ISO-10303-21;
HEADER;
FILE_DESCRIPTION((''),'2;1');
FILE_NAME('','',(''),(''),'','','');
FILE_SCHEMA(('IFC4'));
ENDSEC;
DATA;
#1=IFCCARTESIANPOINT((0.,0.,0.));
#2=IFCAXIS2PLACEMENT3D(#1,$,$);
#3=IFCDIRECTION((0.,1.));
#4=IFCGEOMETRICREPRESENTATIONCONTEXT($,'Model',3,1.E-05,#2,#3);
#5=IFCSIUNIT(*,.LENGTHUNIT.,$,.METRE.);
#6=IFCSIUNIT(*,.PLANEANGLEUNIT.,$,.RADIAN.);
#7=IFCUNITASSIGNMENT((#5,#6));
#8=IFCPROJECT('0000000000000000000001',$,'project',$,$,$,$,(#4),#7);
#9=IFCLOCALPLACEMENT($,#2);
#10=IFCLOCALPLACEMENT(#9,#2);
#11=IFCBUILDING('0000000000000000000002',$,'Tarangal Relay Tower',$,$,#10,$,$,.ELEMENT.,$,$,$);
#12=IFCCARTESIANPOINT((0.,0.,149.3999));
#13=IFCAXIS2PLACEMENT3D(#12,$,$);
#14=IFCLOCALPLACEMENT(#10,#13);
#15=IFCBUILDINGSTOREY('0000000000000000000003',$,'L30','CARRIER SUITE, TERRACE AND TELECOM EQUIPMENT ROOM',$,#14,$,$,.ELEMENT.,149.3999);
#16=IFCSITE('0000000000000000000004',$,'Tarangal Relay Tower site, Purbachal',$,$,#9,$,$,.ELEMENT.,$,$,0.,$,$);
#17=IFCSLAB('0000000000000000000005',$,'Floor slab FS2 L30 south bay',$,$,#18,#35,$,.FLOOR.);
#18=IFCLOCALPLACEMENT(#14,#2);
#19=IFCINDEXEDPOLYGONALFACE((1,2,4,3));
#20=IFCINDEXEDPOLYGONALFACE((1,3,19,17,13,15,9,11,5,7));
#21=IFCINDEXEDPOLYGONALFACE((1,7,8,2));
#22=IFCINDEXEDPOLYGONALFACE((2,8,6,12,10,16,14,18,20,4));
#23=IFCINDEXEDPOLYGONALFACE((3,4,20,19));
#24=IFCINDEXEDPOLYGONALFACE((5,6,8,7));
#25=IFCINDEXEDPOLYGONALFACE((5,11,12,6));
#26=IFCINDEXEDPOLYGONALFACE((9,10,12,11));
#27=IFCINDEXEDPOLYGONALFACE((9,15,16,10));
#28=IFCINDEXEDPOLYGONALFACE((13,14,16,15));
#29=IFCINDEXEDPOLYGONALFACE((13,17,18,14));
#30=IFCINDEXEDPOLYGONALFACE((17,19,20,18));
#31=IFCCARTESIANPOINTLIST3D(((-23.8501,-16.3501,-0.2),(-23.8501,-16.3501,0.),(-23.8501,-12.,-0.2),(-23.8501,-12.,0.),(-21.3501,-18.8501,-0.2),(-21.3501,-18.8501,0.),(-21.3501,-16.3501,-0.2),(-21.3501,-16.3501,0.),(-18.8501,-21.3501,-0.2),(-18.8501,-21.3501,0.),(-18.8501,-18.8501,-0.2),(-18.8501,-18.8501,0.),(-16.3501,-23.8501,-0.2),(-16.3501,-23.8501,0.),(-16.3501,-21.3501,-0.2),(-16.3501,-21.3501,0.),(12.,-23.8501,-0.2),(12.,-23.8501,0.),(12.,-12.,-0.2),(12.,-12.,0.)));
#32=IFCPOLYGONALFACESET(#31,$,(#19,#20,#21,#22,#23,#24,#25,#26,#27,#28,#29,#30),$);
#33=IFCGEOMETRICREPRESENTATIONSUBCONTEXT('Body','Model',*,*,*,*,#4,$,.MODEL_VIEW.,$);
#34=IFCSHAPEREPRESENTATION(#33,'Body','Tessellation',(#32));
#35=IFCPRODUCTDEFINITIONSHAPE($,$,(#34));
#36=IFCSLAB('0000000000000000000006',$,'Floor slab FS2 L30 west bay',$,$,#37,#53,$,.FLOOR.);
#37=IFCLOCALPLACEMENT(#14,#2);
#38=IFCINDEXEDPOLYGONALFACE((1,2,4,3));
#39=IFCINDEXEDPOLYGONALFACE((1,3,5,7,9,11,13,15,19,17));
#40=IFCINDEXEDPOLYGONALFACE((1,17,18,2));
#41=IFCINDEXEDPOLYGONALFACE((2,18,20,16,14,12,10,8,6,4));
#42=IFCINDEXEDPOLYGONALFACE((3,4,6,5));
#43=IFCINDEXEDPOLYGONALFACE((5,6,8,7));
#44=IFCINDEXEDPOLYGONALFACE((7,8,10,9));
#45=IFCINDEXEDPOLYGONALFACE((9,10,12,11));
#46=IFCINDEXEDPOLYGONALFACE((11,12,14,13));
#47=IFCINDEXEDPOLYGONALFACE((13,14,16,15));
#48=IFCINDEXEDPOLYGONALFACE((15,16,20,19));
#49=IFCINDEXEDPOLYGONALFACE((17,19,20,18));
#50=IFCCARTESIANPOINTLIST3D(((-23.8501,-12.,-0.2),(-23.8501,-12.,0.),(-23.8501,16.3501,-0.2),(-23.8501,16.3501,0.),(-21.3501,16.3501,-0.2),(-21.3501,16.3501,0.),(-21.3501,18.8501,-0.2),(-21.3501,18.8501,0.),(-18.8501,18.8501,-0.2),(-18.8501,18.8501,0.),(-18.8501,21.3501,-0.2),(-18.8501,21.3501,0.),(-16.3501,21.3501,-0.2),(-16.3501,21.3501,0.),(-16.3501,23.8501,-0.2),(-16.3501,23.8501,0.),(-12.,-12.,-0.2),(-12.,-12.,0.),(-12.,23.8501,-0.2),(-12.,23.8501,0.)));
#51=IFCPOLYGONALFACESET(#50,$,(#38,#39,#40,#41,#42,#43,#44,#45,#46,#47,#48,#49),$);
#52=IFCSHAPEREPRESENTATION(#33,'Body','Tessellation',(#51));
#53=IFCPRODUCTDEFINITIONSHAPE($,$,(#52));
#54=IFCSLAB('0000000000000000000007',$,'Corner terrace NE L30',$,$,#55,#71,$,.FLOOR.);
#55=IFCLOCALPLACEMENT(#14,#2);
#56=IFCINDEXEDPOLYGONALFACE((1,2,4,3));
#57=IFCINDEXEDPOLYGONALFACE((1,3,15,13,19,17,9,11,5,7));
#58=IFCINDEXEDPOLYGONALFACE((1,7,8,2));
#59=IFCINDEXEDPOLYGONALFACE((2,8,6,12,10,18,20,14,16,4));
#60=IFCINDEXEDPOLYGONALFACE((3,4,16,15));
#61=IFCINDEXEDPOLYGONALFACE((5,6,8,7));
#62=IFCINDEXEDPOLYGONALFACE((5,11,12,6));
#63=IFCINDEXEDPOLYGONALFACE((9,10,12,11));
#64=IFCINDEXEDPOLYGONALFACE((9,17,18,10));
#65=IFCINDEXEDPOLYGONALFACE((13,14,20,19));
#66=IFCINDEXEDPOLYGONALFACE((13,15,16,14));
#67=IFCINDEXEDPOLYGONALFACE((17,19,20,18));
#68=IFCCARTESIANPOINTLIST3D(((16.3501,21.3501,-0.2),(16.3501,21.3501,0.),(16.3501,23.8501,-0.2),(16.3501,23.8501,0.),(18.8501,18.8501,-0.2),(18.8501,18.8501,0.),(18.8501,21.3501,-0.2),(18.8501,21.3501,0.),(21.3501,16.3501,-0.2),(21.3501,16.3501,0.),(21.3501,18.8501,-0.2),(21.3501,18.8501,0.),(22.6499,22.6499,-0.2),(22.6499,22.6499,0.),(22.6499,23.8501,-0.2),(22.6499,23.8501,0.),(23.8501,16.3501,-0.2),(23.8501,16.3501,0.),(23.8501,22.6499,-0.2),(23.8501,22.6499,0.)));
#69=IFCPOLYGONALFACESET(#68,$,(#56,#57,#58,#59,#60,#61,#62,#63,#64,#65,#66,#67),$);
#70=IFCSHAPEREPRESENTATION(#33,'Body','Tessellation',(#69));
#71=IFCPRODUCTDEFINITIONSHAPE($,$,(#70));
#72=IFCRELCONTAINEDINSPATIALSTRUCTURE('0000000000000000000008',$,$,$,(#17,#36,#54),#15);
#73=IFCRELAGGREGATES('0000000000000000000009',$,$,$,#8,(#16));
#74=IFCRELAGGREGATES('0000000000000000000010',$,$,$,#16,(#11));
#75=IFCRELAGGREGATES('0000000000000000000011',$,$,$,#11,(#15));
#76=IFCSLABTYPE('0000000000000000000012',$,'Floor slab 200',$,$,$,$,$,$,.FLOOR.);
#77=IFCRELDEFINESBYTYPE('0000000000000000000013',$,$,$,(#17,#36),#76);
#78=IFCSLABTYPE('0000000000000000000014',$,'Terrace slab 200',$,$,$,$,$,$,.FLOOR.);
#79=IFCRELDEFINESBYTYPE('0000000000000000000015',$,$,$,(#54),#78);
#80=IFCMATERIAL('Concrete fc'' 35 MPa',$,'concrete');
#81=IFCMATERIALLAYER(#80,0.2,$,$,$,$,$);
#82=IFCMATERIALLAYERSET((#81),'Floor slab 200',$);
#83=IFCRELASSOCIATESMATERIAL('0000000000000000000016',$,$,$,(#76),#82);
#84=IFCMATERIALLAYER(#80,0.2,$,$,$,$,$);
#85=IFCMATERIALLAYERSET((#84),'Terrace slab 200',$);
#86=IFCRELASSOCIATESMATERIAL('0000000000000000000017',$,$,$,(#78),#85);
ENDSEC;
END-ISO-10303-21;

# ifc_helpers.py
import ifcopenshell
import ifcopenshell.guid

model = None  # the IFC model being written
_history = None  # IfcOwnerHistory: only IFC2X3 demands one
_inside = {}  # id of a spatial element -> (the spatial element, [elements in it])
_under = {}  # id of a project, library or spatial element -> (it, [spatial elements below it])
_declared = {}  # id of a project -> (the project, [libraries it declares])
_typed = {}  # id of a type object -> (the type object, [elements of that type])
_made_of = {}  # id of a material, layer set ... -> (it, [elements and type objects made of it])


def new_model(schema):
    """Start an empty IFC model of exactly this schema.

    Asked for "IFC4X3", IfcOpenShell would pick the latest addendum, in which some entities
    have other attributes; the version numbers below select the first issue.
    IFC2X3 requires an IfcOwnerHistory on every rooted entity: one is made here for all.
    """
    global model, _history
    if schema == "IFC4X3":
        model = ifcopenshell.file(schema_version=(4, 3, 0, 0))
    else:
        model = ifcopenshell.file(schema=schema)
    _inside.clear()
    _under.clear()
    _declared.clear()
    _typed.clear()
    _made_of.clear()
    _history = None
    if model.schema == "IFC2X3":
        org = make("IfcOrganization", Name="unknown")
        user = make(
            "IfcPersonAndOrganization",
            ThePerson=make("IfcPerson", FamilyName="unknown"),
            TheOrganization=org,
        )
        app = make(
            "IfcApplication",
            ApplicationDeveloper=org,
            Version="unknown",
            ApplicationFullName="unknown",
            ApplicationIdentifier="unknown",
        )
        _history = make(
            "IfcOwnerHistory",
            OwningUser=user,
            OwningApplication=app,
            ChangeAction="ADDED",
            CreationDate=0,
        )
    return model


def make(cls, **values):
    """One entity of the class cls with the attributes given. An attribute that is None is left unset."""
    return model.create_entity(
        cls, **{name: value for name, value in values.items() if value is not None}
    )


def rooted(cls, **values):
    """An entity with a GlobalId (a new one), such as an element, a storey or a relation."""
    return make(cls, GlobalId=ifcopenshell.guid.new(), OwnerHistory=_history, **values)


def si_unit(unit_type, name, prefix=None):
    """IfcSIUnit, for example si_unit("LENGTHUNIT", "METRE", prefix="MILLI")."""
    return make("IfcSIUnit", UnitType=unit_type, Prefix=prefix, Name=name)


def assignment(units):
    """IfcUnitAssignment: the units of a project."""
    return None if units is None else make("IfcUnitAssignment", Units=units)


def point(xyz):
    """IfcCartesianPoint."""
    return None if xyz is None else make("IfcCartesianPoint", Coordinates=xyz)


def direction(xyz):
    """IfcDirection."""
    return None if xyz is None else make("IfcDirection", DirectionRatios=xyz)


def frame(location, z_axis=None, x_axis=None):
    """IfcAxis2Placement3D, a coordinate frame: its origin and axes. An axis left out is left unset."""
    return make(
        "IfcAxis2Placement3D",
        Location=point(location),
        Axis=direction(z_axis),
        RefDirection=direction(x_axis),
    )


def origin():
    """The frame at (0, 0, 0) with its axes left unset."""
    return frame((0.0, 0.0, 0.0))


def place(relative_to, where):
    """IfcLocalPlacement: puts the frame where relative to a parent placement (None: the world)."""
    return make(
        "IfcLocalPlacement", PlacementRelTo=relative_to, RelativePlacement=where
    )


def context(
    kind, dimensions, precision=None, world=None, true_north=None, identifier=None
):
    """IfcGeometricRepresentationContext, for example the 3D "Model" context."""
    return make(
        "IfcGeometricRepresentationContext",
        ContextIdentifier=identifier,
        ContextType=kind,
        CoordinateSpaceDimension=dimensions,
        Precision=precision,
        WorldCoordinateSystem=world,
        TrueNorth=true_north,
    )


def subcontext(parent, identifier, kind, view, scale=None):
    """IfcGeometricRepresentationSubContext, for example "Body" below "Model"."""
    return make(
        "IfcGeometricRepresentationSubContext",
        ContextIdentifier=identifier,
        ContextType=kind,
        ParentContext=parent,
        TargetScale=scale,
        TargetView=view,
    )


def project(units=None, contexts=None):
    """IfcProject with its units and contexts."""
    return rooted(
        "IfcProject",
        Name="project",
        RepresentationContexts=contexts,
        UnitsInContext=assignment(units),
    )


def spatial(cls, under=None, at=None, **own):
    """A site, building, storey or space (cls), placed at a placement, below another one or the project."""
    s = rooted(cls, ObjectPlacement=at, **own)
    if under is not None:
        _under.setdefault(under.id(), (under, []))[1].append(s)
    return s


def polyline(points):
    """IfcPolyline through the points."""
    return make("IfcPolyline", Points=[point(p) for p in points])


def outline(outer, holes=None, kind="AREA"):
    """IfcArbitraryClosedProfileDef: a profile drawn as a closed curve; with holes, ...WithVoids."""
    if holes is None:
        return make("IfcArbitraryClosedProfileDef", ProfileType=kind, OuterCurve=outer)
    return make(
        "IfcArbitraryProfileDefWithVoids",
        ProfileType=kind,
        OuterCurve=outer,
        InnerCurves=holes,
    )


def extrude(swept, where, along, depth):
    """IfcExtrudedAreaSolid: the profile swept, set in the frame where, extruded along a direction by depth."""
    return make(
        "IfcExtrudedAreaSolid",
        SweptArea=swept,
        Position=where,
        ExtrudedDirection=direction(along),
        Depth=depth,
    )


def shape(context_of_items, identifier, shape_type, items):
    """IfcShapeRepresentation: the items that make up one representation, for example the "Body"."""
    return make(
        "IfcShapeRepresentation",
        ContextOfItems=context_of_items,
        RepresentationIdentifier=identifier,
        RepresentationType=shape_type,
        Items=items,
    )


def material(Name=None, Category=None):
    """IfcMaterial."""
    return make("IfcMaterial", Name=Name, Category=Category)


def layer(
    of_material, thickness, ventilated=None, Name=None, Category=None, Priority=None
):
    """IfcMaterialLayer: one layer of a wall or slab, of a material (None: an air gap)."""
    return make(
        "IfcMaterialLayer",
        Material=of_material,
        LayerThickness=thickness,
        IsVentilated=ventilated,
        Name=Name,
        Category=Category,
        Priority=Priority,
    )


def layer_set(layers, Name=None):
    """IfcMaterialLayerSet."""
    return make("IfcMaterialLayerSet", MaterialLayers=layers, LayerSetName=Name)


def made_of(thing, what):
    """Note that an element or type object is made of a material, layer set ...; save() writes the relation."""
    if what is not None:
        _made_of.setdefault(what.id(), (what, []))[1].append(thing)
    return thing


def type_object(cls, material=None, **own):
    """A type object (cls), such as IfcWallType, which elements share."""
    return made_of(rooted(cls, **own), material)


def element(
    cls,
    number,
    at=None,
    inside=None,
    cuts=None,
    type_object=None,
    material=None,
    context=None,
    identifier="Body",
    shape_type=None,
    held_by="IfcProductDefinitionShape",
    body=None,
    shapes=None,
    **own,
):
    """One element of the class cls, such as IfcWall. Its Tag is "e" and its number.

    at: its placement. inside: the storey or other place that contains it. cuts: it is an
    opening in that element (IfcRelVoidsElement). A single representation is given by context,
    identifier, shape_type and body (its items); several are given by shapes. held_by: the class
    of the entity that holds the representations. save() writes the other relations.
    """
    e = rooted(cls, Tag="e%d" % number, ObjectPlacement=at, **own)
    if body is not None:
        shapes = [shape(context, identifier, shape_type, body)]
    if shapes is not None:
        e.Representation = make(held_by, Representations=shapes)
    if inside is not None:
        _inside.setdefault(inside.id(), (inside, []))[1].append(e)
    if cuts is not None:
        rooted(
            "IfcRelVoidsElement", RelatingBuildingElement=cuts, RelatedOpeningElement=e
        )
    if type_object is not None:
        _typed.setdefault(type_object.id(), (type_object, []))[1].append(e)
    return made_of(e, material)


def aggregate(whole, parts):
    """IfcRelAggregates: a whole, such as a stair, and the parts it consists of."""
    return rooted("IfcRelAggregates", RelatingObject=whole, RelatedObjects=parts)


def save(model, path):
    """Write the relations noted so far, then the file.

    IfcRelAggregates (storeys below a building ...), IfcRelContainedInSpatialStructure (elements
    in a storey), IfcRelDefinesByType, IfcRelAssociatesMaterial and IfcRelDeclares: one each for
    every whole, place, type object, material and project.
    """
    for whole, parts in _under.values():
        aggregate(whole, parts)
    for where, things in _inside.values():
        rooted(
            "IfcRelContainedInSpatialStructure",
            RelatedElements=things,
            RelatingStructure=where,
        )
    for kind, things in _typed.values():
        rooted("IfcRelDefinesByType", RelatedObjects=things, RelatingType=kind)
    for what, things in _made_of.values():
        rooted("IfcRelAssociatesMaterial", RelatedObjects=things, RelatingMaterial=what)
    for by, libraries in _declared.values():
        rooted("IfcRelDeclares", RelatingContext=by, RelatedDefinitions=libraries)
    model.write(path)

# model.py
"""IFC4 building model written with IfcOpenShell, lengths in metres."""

from ifc_helpers import new_model, si_unit, direction, frame, origin, place, context, subcontext, project, spatial, polyline, outline, extrude, material, layer, layer_set, type_object, element, save


model = new_model("IFC4")

# Units and contexts
model_context = context("Model", 3, precision=1e-05, world=origin(), true_north=direction((0.0, 1.0)))
body_context = subcontext(model_context, "Body", "Model", "MODEL_VIEW")
ifc_project = project(units=[si_unit("LENGTHUNIT", "METRE"), si_unit("PLANEANGLEUNIT", "RADIAN")], contexts=[model_context])

# Site, building, storey
site_placement = place(None, origin())
site = spatial("IfcSite", under=ifc_project, at=site_placement, Name="Tarangal Relay Tower site, Purbachal", CompositionType="ELEMENT", RefElevation=0.0)
building_placement = place(site_placement, origin())
building = spatial("IfcBuilding", under=site, at=building_placement, Name="Tarangal Relay Tower", CompositionType="ELEMENT")
storey_placement = place(building_placement, frame((0.0, 0.0, 149.3999)))
storey = spatial("IfcBuildingStorey", under=building, at=storey_placement, Name="L30", Description="CARRIER SUITE, TERRACE AND TELECOM EQUIPMENT ROOM", CompositionType="ELEMENT", Elevation=149.3999)

# Slabs
ifc_material_1 = material(Name="Concrete fc' 35 MPa", Category="concrete")
ifc_layer_1 = layer(ifc_material_1, 0.2)
ifc_layer_set_1 = layer_set([ifc_layer_1], Name="Floor slab 200")
slab_type_1 = type_object("IfcSlabType", Name="Floor slab 200", PredefinedType="FLOOR", material=ifc_layer_set_1)
slab_1_placement = place(storey_placement, frame((0.0, 0.0, -0.2)))
element("IfcSlab", 1, at=slab_1_placement, inside=storey, type_object=slab_type_1, Name="Floor slab FS2 L30 south bay", PredefinedType="FLOOR", context=body_context, shape_type="SweptSolid", body=[
    extrude(outline(polyline([(-16.3501, -23.8501), (-16.3501, -21.3501), (-18.8501, -21.3501), (-18.8501, -18.8501), (-21.3501, -18.8501), (-21.3501, -16.3501), (-23.8501, -16.3501), (-23.8501, -12.0), (12.0, -12.0), (12.0, -23.8501), (-16.3501, -23.8501)])), origin(), (0.0, 0.0, 1.0), 0.2),
])
slab_2_placement = place(storey_placement, frame((0.0, 0.0, -0.2)))
element("IfcSlab", 2, at=slab_2_placement, inside=storey, type_object=slab_type_1, Name="Floor slab FS2 L30 west bay", PredefinedType="FLOOR", context=body_context, shape_type="SweptSolid", body=[
    extrude(outline(polyline([(-12.0, 23.8501), (-12.0, -12.0), (-23.8501, -12.0), (-23.8501, 16.3501), (-21.3501, 16.3501), (-21.3501, 18.8501), (-18.8501, 18.8501), (-18.8501, 21.3501), (-16.3501, 21.3501), (-16.3501, 23.8501), (-12.0, 23.8501)])), origin(), (0.0, 0.0, 1.0), 0.2),
])
ifc_layer_2 = layer(ifc_material_1, 0.2)
ifc_layer_set_2 = layer_set([ifc_layer_2], Name="Terrace slab 200")
slab_type_2 = type_object("IfcSlabType", Name="Terrace slab 200", PredefinedType="FLOOR", material=ifc_layer_set_2)
slab_3_placement = place(storey_placement, frame((0.0, 0.0, -0.2)))
element("IfcSlab", 3, at=slab_3_placement, inside=storey, type_object=slab_type_2, Name="Corner terrace NE L30", PredefinedType="FLOOR", context=body_context, shape_type="SweptSolid", body=[
    extrude(outline(polyline([(16.3501, 23.8501), (16.3501, 21.3501), (18.8501, 21.3501), (18.8501, 18.8501), (21.3501, 18.8501), (21.3501, 16.3501), (23.8501, 16.3501), (23.8501, 22.6499), (22.6499, 22.6499), (22.6499, 23.8501), (16.3501, 23.8501)])), origin(), (0.0, 0.0, 1.0), 0.2),
])

save(model, "model.ifc")
